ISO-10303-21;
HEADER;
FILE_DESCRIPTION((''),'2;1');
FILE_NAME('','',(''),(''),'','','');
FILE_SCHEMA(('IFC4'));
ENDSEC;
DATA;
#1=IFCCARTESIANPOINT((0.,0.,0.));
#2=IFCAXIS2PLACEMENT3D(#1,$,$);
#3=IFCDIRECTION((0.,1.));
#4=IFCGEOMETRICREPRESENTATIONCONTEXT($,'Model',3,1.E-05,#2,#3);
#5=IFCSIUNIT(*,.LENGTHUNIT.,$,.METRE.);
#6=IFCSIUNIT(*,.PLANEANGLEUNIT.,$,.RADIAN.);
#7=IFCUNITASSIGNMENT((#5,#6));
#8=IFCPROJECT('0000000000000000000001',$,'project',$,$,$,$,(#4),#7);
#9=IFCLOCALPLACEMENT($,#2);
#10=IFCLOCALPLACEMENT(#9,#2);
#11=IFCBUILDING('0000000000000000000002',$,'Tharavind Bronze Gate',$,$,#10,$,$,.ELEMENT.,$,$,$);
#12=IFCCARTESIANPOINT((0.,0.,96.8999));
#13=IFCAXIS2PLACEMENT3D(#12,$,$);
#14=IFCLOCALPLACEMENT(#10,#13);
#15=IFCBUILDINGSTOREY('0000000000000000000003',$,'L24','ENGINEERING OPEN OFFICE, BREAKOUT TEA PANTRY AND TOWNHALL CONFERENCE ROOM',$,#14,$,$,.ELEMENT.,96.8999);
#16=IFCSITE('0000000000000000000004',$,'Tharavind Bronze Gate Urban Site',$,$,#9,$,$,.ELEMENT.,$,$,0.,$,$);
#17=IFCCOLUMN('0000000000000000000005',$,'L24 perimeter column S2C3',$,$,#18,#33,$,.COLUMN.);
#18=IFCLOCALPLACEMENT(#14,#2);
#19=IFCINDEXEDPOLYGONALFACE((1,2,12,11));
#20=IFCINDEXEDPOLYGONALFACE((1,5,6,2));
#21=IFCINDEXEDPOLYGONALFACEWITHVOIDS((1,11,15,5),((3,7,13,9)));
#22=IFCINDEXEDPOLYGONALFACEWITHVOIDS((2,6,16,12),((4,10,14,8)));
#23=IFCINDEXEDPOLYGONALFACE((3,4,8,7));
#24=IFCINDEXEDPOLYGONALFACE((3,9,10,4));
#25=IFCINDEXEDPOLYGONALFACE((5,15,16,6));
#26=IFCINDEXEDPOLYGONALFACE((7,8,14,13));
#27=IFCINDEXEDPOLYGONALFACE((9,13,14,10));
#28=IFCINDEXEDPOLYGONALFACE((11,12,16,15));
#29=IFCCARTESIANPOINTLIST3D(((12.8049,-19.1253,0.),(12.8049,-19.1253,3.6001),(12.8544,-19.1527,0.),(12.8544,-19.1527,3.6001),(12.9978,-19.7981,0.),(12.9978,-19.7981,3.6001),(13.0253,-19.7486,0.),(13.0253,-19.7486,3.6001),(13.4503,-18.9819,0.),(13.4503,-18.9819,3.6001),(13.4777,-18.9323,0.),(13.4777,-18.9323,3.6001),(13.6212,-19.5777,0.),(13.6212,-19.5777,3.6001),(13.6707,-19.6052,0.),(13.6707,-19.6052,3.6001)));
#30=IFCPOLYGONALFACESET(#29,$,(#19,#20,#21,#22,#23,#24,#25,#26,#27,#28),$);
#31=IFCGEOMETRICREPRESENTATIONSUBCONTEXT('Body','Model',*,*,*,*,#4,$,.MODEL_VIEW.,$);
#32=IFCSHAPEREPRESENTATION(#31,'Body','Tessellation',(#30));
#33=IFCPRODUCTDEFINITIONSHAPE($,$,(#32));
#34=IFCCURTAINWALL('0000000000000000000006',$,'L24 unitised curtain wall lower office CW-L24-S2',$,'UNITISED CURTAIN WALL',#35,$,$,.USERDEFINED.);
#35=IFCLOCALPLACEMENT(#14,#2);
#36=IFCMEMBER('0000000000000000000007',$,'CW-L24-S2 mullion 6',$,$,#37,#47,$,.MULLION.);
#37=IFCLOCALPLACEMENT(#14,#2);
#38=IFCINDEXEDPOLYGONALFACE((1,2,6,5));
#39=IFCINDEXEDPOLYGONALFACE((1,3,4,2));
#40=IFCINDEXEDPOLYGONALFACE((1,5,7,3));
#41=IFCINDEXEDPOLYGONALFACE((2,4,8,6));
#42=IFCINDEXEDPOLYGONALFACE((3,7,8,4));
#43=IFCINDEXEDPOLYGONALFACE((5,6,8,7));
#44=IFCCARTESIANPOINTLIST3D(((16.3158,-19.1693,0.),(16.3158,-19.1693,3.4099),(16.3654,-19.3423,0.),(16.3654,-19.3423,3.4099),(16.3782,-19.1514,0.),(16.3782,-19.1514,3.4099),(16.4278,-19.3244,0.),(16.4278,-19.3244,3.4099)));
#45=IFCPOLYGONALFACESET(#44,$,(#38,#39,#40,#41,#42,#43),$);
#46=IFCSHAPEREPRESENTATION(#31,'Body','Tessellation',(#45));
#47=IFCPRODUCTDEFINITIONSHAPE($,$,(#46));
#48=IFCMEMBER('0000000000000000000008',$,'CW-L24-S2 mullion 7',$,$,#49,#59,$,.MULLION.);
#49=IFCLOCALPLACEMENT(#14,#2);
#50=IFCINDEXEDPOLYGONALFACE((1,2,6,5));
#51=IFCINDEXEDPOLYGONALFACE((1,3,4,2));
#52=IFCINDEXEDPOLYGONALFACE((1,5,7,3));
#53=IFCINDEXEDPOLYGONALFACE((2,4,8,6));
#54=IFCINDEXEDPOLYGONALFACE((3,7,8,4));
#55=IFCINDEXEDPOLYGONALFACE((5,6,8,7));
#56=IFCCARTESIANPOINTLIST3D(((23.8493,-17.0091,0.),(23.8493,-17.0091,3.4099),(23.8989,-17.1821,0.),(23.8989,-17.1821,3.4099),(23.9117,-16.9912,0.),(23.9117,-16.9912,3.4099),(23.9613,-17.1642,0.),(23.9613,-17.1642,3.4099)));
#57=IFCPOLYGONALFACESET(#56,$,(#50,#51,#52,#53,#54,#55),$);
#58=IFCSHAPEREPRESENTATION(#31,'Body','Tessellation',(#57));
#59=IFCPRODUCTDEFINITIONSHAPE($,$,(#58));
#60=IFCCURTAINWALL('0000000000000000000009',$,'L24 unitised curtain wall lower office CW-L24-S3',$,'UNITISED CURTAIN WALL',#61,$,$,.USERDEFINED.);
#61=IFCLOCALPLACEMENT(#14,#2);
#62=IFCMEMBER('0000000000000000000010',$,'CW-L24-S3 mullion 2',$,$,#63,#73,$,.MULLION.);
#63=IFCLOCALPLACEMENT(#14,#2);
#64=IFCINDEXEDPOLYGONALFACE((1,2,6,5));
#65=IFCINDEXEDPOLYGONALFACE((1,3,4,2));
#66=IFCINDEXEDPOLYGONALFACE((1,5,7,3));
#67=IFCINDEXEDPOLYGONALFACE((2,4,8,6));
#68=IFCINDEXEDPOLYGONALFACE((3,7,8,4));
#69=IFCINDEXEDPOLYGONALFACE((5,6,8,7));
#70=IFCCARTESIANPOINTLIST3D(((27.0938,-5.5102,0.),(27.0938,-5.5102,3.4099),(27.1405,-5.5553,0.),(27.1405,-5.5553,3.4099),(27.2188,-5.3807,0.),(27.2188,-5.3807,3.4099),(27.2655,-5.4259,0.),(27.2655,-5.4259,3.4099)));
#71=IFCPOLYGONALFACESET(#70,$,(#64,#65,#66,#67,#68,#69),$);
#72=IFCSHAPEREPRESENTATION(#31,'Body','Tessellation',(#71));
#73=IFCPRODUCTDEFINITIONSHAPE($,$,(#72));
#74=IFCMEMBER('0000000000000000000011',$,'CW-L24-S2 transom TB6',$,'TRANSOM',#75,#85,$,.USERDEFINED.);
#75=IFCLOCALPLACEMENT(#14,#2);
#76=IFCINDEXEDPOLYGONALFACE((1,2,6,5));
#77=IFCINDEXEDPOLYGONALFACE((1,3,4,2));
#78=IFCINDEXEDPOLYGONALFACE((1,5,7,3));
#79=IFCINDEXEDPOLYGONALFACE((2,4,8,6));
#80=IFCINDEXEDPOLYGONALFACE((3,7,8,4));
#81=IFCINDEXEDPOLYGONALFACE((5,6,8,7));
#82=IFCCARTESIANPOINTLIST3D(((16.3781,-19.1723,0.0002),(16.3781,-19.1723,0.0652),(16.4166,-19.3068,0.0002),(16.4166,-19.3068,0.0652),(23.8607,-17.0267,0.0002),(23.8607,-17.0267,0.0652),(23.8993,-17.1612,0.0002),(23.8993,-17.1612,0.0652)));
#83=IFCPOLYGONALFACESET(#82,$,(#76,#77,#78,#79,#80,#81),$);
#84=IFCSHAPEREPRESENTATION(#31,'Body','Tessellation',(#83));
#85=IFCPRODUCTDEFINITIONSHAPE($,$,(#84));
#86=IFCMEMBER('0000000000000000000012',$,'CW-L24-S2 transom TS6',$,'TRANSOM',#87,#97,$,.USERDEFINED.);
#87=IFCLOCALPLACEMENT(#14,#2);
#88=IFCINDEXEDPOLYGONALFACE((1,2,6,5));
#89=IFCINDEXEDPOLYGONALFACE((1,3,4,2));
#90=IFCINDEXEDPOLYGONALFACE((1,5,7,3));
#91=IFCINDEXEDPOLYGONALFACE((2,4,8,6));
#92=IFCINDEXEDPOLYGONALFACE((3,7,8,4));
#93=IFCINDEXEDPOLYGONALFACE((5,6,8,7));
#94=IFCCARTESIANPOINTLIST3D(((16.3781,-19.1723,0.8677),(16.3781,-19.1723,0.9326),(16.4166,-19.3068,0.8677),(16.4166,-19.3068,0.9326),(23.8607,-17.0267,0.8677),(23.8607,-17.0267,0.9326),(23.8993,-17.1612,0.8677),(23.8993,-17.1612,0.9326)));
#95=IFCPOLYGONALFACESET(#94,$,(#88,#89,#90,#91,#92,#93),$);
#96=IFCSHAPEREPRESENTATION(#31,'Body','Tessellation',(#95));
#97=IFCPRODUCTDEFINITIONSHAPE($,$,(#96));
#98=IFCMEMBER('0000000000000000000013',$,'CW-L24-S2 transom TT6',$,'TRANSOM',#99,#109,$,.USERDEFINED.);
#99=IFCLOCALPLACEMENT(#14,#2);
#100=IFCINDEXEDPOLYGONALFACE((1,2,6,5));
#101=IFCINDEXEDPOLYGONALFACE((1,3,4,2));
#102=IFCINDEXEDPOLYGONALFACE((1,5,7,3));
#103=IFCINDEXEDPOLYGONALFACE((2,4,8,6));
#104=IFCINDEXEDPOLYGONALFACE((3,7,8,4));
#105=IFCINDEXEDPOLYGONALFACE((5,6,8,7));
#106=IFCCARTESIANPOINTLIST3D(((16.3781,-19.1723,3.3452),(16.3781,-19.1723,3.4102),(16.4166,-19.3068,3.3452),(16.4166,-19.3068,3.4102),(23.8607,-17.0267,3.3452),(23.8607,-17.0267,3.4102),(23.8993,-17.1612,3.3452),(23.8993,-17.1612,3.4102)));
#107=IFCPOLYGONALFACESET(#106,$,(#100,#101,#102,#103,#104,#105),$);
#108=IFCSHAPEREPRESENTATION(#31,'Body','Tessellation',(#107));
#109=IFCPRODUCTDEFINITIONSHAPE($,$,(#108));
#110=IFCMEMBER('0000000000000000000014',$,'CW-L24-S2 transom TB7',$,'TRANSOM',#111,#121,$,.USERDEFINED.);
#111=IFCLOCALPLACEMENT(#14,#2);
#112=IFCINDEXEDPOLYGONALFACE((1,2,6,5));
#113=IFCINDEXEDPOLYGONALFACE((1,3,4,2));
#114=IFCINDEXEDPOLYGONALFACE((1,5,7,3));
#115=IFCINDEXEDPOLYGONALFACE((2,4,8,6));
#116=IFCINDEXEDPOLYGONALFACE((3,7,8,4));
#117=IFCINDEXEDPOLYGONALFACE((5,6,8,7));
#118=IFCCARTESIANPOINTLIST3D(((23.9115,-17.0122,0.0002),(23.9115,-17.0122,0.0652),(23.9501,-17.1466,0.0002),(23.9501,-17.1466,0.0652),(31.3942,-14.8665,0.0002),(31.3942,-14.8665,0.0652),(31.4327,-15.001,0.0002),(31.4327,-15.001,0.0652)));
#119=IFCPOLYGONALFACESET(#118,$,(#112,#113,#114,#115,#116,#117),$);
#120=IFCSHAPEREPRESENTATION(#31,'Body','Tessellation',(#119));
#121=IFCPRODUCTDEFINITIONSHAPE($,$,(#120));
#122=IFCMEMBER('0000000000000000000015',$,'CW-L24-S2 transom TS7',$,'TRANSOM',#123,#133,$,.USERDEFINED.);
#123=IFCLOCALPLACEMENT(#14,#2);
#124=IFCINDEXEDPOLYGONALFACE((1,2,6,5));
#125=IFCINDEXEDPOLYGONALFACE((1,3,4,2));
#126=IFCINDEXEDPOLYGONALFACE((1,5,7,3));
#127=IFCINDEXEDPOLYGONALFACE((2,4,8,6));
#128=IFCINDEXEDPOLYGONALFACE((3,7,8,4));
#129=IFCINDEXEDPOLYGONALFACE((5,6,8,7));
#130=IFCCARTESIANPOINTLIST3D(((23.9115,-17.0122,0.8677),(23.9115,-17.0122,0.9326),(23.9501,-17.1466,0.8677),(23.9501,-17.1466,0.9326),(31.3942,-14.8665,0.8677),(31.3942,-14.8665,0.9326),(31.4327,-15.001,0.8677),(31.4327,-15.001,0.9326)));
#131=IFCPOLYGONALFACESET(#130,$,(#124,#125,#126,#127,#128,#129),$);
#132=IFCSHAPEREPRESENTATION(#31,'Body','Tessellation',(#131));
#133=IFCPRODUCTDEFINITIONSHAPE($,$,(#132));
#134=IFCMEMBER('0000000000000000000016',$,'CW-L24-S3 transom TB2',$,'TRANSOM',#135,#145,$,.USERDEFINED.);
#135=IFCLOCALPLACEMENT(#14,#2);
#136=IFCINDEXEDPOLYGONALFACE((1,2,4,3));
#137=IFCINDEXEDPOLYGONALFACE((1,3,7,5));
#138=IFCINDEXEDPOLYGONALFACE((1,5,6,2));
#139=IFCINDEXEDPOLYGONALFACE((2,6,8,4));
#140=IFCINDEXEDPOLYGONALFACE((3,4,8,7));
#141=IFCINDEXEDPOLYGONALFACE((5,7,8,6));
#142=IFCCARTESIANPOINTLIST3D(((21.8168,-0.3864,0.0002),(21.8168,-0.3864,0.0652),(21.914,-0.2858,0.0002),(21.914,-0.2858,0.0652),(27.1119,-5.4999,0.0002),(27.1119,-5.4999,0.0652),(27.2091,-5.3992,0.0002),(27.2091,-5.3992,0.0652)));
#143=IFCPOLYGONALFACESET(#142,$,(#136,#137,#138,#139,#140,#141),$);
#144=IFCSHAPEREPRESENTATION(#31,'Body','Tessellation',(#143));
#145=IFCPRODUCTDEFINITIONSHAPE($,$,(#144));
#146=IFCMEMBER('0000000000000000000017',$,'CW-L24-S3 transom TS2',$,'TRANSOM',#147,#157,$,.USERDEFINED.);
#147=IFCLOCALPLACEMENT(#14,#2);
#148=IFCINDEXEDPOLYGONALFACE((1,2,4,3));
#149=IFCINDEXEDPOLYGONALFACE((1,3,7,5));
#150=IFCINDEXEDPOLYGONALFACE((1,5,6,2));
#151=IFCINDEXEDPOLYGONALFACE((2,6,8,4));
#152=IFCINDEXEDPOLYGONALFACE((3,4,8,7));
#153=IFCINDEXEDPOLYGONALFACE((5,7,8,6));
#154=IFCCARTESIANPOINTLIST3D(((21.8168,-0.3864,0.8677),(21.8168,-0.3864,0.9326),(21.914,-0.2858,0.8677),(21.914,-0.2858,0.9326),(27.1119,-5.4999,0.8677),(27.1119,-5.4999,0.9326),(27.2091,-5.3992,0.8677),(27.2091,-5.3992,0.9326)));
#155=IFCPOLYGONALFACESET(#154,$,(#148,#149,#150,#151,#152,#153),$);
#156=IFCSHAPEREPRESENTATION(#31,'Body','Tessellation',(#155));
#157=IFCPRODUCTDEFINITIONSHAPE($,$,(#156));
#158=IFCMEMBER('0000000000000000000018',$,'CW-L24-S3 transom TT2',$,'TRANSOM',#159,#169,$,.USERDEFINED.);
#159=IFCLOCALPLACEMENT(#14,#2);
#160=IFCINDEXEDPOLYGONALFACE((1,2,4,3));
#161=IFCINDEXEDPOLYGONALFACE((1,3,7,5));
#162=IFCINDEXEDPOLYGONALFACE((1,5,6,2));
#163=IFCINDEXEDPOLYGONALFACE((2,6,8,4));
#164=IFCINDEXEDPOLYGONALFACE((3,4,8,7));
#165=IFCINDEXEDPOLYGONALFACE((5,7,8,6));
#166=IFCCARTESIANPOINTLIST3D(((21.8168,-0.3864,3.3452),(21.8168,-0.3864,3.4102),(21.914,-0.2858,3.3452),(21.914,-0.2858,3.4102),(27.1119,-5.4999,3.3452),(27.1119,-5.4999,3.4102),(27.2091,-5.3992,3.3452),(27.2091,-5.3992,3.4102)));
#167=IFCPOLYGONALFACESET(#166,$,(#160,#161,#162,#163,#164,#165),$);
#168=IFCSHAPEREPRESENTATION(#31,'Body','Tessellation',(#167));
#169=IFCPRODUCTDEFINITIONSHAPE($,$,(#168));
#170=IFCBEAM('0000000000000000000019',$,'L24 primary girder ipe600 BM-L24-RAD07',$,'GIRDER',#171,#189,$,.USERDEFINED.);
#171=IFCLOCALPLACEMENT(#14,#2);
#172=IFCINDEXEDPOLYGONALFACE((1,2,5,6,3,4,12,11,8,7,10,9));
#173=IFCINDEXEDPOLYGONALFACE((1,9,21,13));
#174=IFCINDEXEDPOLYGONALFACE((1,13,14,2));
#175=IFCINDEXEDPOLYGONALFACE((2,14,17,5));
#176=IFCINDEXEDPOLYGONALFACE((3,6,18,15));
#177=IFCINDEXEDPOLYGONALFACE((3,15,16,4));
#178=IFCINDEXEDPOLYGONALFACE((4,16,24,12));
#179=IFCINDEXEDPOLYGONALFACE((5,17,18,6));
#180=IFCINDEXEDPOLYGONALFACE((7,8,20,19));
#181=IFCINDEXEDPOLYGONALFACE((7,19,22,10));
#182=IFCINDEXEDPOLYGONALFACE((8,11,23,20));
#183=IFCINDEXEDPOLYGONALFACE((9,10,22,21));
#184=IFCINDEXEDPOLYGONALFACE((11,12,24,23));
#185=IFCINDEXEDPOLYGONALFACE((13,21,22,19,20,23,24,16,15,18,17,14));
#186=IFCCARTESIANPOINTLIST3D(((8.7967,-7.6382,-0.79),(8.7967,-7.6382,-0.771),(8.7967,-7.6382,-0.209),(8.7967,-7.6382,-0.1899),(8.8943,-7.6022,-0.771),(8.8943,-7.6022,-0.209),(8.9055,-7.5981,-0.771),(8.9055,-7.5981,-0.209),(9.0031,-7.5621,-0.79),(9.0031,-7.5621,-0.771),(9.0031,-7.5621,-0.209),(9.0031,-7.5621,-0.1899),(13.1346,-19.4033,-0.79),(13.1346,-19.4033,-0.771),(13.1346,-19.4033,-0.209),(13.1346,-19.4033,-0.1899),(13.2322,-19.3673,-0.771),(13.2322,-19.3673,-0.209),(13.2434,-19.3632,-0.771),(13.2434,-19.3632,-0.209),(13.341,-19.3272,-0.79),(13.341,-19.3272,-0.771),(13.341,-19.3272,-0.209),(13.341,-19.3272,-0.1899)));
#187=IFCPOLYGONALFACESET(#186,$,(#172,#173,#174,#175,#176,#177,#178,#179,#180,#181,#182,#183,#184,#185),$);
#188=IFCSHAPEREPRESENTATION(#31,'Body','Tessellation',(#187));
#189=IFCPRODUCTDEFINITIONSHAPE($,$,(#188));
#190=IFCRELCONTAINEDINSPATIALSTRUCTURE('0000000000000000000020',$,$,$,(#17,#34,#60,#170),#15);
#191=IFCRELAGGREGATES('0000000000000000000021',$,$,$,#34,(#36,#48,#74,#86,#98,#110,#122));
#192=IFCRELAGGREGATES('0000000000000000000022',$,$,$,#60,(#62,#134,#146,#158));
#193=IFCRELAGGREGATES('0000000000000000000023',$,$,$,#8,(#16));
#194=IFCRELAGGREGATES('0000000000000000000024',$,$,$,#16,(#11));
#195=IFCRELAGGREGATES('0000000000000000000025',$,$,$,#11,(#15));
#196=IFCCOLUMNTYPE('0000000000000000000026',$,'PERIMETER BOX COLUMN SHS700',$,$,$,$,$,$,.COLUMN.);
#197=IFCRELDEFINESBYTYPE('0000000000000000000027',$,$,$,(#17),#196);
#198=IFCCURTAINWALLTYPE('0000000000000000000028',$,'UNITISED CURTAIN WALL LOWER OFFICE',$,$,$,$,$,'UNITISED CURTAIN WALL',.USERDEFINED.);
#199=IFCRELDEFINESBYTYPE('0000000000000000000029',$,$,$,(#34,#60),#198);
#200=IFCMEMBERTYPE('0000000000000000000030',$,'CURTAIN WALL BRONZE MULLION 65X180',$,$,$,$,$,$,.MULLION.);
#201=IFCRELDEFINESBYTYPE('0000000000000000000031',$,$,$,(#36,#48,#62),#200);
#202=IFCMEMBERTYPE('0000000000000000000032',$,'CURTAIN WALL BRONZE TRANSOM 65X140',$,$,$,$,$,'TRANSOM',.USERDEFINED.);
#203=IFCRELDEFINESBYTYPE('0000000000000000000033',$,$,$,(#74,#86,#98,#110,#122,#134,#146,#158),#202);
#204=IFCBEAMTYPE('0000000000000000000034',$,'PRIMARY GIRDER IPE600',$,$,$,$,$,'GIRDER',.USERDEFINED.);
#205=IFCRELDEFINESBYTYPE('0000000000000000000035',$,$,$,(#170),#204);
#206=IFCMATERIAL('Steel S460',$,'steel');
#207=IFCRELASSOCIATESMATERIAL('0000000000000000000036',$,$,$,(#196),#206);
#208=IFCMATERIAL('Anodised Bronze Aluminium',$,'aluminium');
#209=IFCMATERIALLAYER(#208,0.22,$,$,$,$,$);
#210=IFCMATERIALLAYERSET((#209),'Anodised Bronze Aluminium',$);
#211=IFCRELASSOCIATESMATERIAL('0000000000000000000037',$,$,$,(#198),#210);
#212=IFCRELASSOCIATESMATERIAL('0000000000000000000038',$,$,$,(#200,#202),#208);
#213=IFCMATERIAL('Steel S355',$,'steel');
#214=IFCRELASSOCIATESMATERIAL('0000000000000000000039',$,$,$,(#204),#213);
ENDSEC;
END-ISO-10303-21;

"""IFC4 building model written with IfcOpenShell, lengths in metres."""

from ifc_helpers import new_model, si_unit, direction, frame, origin, origin_2d, place, context, subcontext, project, spatial, rectangle, hollow_rectangle, i_section, extrude, material, layer, layer_set, material_profile, profile_set, type_object, element, aggregate, save


model = new_model("IFC4")

# Units and contexts
model_context = context("Model", 3, precision=1e-05, world=origin(), true_north=direction((0.0, 1.0)))
body_context = subcontext(model_context, "Body", "Model", "MODEL_VIEW")
ifc_project = project(units=[si_unit("LENGTHUNIT", "METRE"), si_unit("PLANEANGLEUNIT", "RADIAN")], contexts=[model_context])

# Site, building, storey
site_placement = place(None, origin())
site = spatial("IfcSite", under=ifc_project, at=site_placement, Name="Tharavind Bronze Gate Urban Site", CompositionType="ELEMENT", RefElevation=0.0)
building_placement = place(site_placement, origin())
building = spatial("IfcBuilding", under=site, at=building_placement, Name="Tharavind Bronze Gate", CompositionType="ELEMENT")
storey_placement = place(building_placement, frame((0.0, 0.0, 96.8999)))
storey = spatial("IfcBuildingStorey", under=building, at=storey_placement, Name="L24", Description="ENGINEERING OPEN OFFICE, BREAKOUT TEA PANTRY AND TOWNHALL CONFERENCE ROOM", CompositionType="ELEMENT", Elevation=96.8999)

# Column
ifc_material_1 = material(Name="Steel S460", Category="steel")
ifc_material_profile_1 = material_profile(ifc_material_1, hollow_rectangle(XDim=0.7, YDim=0.7, WallThickness=0.04, at=origin_2d()), Name="SHS700X40")
ifc_profile_set_1 = profile_set([ifc_material_profile_1], Name="Steel S460")
column_type = type_object("IfcColumnType", Name="PERIMETER BOX COLUMN SHS700", PredefinedType="COLUMN", material=ifc_profile_set_1)
column_placement = place(storey_placement, frame((13.2378, -19.3652, 0.0), z_axis=(0.0, 0.0, 1.0), x_axis=(0.961262, 0.275637, 0.0)))
element("IfcColumn", 1, at=column_placement, inside=storey, type_object=column_type, Name="L24 perimeter column S2C3", PredefinedType="COLUMN", context=body_context, shape_type="SweptSolid", body=[
    extrude(hollow_rectangle(XDim=0.7, YDim=0.7, WallThickness=0.04, at=origin_2d()), origin(), (0.0, 0.0, 1.0), 3.6001),
])

# Curtain wall, members
ifc_material_2 = material(Name="Anodised Bronze Aluminium", Category="aluminium")
ifc_layer_1 = layer(ifc_material_2, 0.22)
ifc_layer_set_1 = layer_set([ifc_layer_1], Name="Anodised Bronze Aluminium")
curtain_wall_type = type_object("IfcCurtainWallType", Name="UNITISED CURTAIN WALL LOWER OFFICE", ElementType="UNITISED CURTAIN WALL", PredefinedType="USERDEFINED", material=ifc_layer_set_1)
curtain_wall_1_placement = place(storey_placement, origin())
curtain_wall_1 = element("IfcCurtainWall", 2, at=curtain_wall_1_placement, inside=storey, type_object=curtain_wall_type, Name="L24 unitised curtain wall lower office CW-L24-S2", ObjectType="UNITISED CURTAIN WALL", PredefinedType="USERDEFINED")
member_type_1 = type_object("IfcMemberType", Name="CURTAIN WALL BRONZE MULLION 65X180", PredefinedType="MULLION", material=ifc_material_2)
member_1_placement = place(storey_placement, frame((16.3718, -19.2468, 0.0), z_axis=(0.0, 0.0, 1.0), x_axis=(0.961262, 0.275637, 0.0)))
member_1 = element("IfcMember", 3, at=member_1_placement, type_object=member_type_1, Name="CW-L24-S2 mullion 6", PredefinedType="MULLION", context=body_context, shape_type="SweptSolid", body=[
    extrude(rectangle(XDim=0.0649, YDim=0.1799, at=origin_2d()), origin(), (0.0, 0.0, 1.0), 3.4099),
])
member_2_placement = place(storey_placement, frame((23.9053, -17.0867, 0.0), z_axis=(0.0, 0.0, 1.0), x_axis=(0.961262, 0.275637, 0.0)))
member_2 = element("IfcMember", 4, at=member_2_placement, type_object=member_type_1, Name="CW-L24-S2 mullion 7", PredefinedType="MULLION", context=body_context, shape_type="SweptSolid", body=[
    extrude(rectangle(XDim=0.0649, YDim=0.1799, at=origin_2d()), origin(), (0.0, 0.0, 1.0), 3.4099),
])

# Curtain wall, member
curtain_wall_2_placement = place(storey_placement, origin())
curtain_wall_2 = element("IfcCurtainWall", 5, at=curtain_wall_2_placement, inside=storey, type_object=curtain_wall_type, Name="L24 unitised curtain wall lower office CW-L24-S3", ObjectType="UNITISED CURTAIN WALL", PredefinedType="USERDEFINED")
member_3_placement = place(storey_placement, frame((27.1797, -5.468, 0.0), z_axis=(0.0, 0.0, 1.0), x_axis=(-0.719341, 0.694657, 0.0)))
member_3 = element("IfcMember", 6, at=member_3_placement, type_object=member_type_1, Name="CW-L24-S3 mullion 2", PredefinedType="MULLION", context=body_context, shape_type="SweptSolid", body=[
    extrude(rectangle(XDim=0.0649, YDim=0.1799, at=origin_2d()), origin(), (0.0, 0.0, 1.0), 3.4099),
])

# Members
member_type_2 = type_object("IfcMemberType", Name="CURTAIN WALL BRONZE TRANSOM 65X140", ElementType="TRANSOM", PredefinedType="USERDEFINED", material=ifc_material_2)
member_4_placement = place(storey_placement, frame((20.1387, -18.1667, 0.0002), z_axis=(0.0, 0.0, 1.0), x_axis=(0.961262, 0.275637, 0.0)))
member_4 = element("IfcMember", 7, at=member_4_placement, type_object=member_type_2, Name="CW-L24-S2 transom TB6", ObjectType="TRANSOM", PredefinedType="USERDEFINED", context=body_context, shape_type="SweptSolid", body=[
    extrude(rectangle(XDim=7.7842, YDim=0.1399, at=origin_2d()), origin(), (0.0, 0.0, 1.0), 0.0649),
])
member_5_placement = place(storey_placement, frame((20.1387, -18.1667, 0.8677), z_axis=(0.0, 0.0, 1.0), x_axis=(0.961262, 0.275637, 0.0)))
member_5 = element("IfcMember", 8, at=member_5_placement, type_object=member_type_2, Name="CW-L24-S2 transom TS6", ObjectType="TRANSOM", PredefinedType="USERDEFINED", context=body_context, shape_type="SweptSolid", body=[
    extrude(rectangle(XDim=7.7842, YDim=0.1399, at=origin_2d()), origin(), (0.0, 0.0, 1.0), 0.0649),
])
member_6_placement = place(storey_placement, frame((20.1387, -18.1667, 3.3452), z_axis=(0.0, 0.0, 1.0), x_axis=(0.961262, 0.275637, 0.0)))
member_6 = element("IfcMember", 9, at=member_6_placement, type_object=member_type_2, Name="CW-L24-S2 transom TT6", ObjectType="TRANSOM", PredefinedType="USERDEFINED", context=body_context, shape_type="SweptSolid", body=[
    extrude(rectangle(XDim=7.7842, YDim=0.1399, at=origin_2d()), origin(), (0.0, 0.0, 1.0), 0.0649),
])
member_7_placement = place(storey_placement, frame((27.6721, -16.0066, 0.0002), z_axis=(0.0, 0.0, 1.0), x_axis=(0.961262, 0.275637, 0.0)))
member_7 = element("IfcMember", 10, at=member_7_placement, type_object=member_type_2, Name="CW-L24-S2 transom TB7", ObjectType="TRANSOM", PredefinedType="USERDEFINED", context=body_context, shape_type="SweptSolid", body=[
    extrude(rectangle(XDim=7.7842, YDim=0.1399, at=origin_2d()), origin(), (0.0, 0.0, 1.0), 0.0649),
])
member_8_placement = place(storey_placement, frame((27.6721, -16.0066, 0.8677), z_axis=(0.0, 0.0, 1.0), x_axis=(0.961262, 0.275637, 0.0)))
member_8 = element("IfcMember", 11, at=member_8_placement, type_object=member_type_2, Name="CW-L24-S2 transom TS7", ObjectType="TRANSOM", PredefinedType="USERDEFINED", context=body_context, shape_type="SweptSolid", body=[
    extrude(rectangle(XDim=7.7842, YDim=0.1399, at=origin_2d()), origin(), (0.0, 0.0, 1.0), 0.0649),
])
member_9_placement = place(storey_placement, frame((24.5129, -2.8928, 0.0002), z_axis=(0.0, 0.0, 1.0), x_axis=(-0.719341, 0.694657, 0.0)))
member_9 = element("IfcMember", 12, at=member_9_placement, type_object=member_type_2, Name="CW-L24-S3 transom TB2", ObjectType="TRANSOM", PredefinedType="USERDEFINED", context=body_context, shape_type="SweptSolid", body=[
    extrude(rectangle(XDim=7.3611, YDim=0.1399, at=origin_2d()), origin(), (0.0, 0.0, 1.0), 0.0649),
])
member_10_placement = place(storey_placement, frame((24.5129, -2.8928, 0.8677), z_axis=(0.0, 0.0, 1.0), x_axis=(-0.719341, 0.694657, 0.0)))
member_10 = element("IfcMember", 13, at=member_10_placement, type_object=member_type_2, Name="CW-L24-S3 transom TS2", ObjectType="TRANSOM", PredefinedType="USERDEFINED", context=body_context, shape_type="SweptSolid", body=[
    extrude(rectangle(XDim=7.3611, YDim=0.1399, at=origin_2d()), origin(), (0.0, 0.0, 1.0), 0.0649),
])
member_11_placement = place(storey_placement, frame((24.5129, -2.8928, 3.3452), z_axis=(0.0, 0.0, 1.0), x_axis=(-0.719341, 0.694657, 0.0)))
member_11 = element("IfcMember", 14, at=member_11_placement, type_object=member_type_2, Name="CW-L24-S3 transom TT2", ObjectType="TRANSOM", PredefinedType="USERDEFINED", context=body_context, shape_type="SweptSolid", body=[
    extrude(rectangle(XDim=7.3611, YDim=0.1399, at=origin_2d()), origin(), (0.0, 0.0, 1.0), 0.0649),
])

# Beam
ifc_material_3 = material(Name="Steel S355", Category="steel")
ifc_material_profile_2 = material_profile(ifc_material_3, i_section(OverallWidth=0.22, OverallDepth=0.6001, WebThickness=0.012, FlangeThickness=0.019, at=origin_2d()), Name="IPE600")
ifc_profile_set_2 = profile_set([ifc_material_profile_2], Name="Steel S355")
beam_type_1 = type_object("IfcBeamType", Name="PRIMARY GIRDER IPE600", ElementType="GIRDER", PredefinedType="USERDEFINED", material=ifc_profile_set_2)
beam_1_placement = place(storey_placement, frame((13.2378, -19.3652, -0.49), z_axis=(-0.345942, 0.938256, 0.0), x_axis=(-0.938256, -0.345942, 0.0)))
element("IfcBeam", 15, at=beam_1_placement, inside=storey, type_object=beam_type_1, Name="L24 primary girder ipe600 BM-L24-RAD07", ObjectType="GIRDER", PredefinedType="USERDEFINED", context=body_context, shape_type="SweptSolid", body=[
    extrude(i_section(OverallWidth=0.22, OverallDepth=0.6001, WebThickness=0.012, FlangeThickness=0.019, at=origin_2d()), origin(), (0.0, 0.0, 1.0), 12.5393),
])

aggregate(curtain_wall_1, [member_1, member_2, member_4, member_5, member_6, member_7, member_8])
aggregate(curtain_wall_2, [member_3, member_9, member_10, member_11])

save(model, "model.ifc")
